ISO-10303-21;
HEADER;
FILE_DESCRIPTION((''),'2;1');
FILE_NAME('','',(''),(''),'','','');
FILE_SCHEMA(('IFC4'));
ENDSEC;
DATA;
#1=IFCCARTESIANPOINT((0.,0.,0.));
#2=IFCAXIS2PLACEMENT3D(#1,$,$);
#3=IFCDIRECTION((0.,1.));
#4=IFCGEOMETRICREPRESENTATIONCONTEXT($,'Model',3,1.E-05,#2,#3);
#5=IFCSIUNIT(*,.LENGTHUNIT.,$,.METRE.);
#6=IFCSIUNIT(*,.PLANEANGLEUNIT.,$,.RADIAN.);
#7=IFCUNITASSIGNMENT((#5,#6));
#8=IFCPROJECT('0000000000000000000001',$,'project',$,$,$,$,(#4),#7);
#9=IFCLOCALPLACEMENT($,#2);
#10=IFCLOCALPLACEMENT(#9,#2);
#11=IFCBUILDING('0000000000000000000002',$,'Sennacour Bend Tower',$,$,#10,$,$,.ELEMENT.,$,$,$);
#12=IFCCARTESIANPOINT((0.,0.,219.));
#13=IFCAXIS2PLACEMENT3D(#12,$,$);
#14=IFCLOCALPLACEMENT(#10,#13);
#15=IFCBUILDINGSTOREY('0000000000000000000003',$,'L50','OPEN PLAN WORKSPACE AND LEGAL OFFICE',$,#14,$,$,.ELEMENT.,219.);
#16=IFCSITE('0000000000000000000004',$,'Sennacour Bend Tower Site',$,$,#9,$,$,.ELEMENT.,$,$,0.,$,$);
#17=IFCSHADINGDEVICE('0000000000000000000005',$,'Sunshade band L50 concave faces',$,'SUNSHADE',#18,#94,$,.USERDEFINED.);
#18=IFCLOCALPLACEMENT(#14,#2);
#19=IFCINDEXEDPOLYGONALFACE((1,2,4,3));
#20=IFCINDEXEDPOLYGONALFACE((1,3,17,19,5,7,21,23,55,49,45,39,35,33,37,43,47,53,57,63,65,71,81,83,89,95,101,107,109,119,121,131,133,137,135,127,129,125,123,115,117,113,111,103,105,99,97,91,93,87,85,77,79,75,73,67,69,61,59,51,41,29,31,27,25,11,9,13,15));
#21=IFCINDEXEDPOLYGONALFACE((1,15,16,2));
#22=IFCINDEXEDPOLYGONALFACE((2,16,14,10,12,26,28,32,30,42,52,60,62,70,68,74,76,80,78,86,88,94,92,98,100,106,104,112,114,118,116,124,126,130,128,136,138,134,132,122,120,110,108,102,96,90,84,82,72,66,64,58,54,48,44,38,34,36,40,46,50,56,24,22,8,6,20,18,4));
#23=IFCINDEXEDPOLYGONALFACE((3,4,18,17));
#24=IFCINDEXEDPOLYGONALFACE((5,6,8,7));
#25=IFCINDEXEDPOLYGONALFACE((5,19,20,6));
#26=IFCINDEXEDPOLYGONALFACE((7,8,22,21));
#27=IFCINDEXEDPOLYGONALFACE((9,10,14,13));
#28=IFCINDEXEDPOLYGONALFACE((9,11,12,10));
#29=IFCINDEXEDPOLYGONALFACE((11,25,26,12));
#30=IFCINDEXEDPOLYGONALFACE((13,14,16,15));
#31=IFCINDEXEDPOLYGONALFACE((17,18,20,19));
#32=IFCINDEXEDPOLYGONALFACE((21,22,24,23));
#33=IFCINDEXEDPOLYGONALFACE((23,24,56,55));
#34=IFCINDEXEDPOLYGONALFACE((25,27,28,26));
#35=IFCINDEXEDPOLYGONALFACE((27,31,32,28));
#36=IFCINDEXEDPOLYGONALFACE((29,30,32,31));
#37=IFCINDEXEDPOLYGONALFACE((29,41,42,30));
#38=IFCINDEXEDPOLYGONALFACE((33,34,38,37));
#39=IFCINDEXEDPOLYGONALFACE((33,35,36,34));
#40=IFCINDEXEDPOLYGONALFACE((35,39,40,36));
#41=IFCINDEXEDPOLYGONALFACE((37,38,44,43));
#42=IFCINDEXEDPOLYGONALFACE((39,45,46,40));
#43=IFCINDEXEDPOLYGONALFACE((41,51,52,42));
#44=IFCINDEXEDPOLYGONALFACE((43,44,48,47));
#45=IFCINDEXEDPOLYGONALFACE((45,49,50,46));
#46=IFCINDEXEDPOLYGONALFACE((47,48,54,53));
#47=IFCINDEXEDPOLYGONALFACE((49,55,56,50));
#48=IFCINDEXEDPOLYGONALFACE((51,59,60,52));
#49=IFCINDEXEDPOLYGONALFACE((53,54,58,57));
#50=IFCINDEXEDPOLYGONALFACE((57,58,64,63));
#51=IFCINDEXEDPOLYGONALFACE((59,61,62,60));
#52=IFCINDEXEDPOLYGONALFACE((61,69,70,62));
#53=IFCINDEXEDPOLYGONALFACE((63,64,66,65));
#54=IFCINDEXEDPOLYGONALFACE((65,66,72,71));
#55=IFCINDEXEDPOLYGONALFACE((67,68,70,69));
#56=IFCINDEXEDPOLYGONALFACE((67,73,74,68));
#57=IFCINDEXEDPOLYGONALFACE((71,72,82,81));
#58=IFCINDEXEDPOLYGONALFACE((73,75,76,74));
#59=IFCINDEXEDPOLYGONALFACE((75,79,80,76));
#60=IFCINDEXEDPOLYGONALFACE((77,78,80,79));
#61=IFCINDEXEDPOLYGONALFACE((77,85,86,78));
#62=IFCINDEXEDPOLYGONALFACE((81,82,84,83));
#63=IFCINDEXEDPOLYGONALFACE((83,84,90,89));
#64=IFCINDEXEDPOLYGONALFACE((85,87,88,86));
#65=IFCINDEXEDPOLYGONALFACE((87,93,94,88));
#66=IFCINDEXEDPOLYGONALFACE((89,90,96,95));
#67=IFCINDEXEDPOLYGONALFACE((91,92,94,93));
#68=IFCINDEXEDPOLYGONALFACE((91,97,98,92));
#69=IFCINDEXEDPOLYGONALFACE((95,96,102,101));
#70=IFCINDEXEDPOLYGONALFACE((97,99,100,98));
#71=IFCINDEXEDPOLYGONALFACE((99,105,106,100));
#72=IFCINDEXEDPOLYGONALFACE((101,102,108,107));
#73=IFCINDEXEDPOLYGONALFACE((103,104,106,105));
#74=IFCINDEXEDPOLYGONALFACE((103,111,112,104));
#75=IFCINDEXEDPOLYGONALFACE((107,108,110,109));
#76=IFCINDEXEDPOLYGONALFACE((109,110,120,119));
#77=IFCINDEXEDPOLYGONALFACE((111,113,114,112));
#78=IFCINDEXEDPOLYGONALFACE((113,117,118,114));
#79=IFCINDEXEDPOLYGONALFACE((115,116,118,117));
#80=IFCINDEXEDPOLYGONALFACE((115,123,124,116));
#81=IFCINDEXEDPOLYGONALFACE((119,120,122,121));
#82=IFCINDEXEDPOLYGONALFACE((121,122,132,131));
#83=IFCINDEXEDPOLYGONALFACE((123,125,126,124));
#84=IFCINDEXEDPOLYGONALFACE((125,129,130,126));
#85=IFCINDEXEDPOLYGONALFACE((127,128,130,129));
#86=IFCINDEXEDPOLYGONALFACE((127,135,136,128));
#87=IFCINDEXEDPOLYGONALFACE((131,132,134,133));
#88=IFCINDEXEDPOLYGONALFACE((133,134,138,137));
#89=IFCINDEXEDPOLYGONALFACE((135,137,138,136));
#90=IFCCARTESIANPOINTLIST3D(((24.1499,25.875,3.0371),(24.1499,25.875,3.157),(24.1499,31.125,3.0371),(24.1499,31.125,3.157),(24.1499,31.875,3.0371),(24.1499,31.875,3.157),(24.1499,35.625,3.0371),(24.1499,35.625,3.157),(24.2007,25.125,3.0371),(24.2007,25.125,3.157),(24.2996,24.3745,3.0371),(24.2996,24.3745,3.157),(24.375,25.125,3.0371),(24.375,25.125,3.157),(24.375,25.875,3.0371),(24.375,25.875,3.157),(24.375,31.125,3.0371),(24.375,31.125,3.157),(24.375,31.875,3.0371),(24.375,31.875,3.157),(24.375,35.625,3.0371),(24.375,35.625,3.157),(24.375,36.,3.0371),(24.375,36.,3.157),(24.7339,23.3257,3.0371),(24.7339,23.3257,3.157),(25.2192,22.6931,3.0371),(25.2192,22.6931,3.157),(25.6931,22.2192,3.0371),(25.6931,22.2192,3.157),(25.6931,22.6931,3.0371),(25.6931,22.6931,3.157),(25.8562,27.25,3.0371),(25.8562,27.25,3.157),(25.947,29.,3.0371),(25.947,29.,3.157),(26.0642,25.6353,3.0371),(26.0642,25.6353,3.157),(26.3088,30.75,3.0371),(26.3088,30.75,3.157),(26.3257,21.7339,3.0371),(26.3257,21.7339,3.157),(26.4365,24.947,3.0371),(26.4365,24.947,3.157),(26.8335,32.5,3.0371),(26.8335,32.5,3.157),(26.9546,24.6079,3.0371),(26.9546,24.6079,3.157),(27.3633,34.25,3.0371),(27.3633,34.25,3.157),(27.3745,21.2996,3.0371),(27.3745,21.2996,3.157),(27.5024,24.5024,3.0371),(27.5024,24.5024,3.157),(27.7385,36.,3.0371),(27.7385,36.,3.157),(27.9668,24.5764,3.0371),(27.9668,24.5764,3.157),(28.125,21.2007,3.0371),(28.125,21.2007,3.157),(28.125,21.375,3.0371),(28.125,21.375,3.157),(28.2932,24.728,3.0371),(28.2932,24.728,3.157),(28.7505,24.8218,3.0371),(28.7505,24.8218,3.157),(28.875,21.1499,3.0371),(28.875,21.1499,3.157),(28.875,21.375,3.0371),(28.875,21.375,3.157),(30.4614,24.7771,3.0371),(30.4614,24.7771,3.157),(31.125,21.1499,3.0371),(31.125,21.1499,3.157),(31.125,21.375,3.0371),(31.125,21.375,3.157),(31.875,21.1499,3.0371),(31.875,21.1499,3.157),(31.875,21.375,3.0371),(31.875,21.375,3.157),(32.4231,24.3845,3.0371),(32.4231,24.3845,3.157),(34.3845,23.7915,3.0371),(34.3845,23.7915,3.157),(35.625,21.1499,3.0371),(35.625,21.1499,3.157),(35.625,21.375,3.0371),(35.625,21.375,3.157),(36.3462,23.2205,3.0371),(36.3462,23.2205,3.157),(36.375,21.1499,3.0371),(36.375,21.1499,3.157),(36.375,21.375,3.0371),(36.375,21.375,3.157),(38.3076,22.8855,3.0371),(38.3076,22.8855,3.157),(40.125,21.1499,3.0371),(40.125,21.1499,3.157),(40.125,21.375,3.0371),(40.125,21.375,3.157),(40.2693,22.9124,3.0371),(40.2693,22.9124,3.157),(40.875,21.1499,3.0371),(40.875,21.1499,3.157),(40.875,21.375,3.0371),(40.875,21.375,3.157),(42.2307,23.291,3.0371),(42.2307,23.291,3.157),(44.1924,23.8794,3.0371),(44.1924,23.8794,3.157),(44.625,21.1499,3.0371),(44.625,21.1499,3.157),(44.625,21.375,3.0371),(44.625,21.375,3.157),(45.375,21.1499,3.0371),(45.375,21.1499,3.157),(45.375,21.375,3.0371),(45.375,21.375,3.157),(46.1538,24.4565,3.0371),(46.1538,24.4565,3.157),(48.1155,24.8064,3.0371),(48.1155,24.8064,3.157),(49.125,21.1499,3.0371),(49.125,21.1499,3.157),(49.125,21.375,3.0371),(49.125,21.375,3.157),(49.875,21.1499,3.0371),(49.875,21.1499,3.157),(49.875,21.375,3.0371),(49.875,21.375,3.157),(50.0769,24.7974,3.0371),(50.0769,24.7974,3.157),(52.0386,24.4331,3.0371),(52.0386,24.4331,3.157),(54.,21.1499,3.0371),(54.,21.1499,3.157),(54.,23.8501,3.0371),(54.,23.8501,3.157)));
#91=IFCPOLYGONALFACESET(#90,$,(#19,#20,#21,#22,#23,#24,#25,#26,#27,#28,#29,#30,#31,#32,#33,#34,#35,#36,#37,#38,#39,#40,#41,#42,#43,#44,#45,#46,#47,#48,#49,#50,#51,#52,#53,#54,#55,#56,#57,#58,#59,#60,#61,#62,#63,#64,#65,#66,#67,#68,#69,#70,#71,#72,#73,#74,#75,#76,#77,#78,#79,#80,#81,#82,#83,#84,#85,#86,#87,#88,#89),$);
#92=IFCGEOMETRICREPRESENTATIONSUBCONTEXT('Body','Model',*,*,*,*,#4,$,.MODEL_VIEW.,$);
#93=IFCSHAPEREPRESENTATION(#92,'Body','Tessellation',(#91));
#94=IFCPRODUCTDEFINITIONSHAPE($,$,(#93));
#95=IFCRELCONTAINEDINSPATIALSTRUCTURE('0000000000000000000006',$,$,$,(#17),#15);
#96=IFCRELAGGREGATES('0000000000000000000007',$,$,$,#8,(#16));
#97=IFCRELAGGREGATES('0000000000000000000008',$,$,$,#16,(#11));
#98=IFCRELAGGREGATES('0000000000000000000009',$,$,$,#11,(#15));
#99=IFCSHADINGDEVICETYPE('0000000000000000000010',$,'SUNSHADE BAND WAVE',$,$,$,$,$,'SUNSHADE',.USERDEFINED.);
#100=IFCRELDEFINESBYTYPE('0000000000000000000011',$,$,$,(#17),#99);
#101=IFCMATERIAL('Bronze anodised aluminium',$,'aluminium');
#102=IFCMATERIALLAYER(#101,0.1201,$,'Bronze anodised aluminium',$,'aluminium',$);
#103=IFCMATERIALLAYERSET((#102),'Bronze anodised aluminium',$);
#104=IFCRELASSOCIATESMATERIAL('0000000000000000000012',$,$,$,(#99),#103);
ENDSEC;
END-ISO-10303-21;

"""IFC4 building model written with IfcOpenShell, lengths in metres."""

from ifc_helpers import new_model, si_unit, direction, frame, origin, place, context, subcontext, project, spatial, polyline, outline, extrude, material, layer, layer_set, type_object, element, save


model = new_model("IFC4")

# Units and contexts
model_context = context("Model", 3, precision=1e-05, world=origin(), true_north=direction((0.0, 1.0)))
body_context = subcontext(model_context, "Body", "Model", "MODEL_VIEW")
ifc_project = project(units=[si_unit("LENGTHUNIT", "METRE"), si_unit("PLANEANGLEUNIT", "RADIAN")], contexts=[model_context])

# Site, building, storey
site_placement = place(None, origin())
site = spatial("IfcSite", under=ifc_project, at=site_placement, Name="Sennacour Bend Tower Site", CompositionType="ELEMENT", RefElevation=0.0)
building_placement = place(site_placement, origin())
building = spatial("IfcBuilding", under=site, at=building_placement, Name="Sennacour Bend Tower", CompositionType="ELEMENT")
storey_placement = place(building_placement, frame((0.0, 0.0, 219.0)))
storey = spatial("IfcBuildingStorey", under=building, at=storey_placement, Name="L50", Description="OPEN PLAN WORKSPACE AND LEGAL OFFICE", CompositionType="ELEMENT", Elevation=219.0)

# Shading device
ifc_material_1 = material(Name="Bronze anodised aluminium", Category="aluminium")
ifc_layer_1 = layer(ifc_material_1, 0.1201, Name="Bronze anodised aluminium", Category="aluminium")
ifc_layer_set_1 = layer_set([ifc_layer_1], Name="Bronze anodised aluminium")
shading_device_type_1 = type_object("IfcShadingDeviceType", Name="SUNSHADE BAND WAVE", ElementType="SUNSHADE", PredefinedType="USERDEFINED", material=ifc_layer_set_1)
shading_device_1_placement = place(storey_placement, frame((0.0, 0.0, 3.0371)))
element("IfcShadingDevice", 1, at=shading_device_1_placement, inside=storey, type_object=shading_device_type_1, Name="Sunshade band L50 concave faces", ObjectType="SUNSHADE", PredefinedType="USERDEFINED", context=body_context, shape_type="SweptSolid", body=[
    extrude(outline(polyline([(54.0, 21.1499), (49.875, 21.1499), (49.875, 21.375), (49.125, 21.375), (49.125, 21.1499), (45.375, 21.1499), (45.375, 21.375), (44.625, 21.375), (44.625, 21.1499), (40.875, 21.1499), (40.875, 21.375), (40.125, 21.375), (40.125, 21.1499), (36.375, 21.1499), (36.375, 21.375), (35.625, 21.375), (35.625, 21.1499), (31.875, 21.1499), (31.875, 21.375), (31.125, 21.375), (31.125, 21.1499), (28.875, 21.1499), (28.875, 21.375), (28.125, 21.375), (28.125, 21.2007), (27.3745, 21.2996), (26.3257, 21.7339), (25.6931, 22.2192), (25.6931, 22.6931), (25.2192, 22.6931), (24.7339, 23.3257), (24.2996, 24.3745), (24.2007, 25.125), (24.375, 25.125), (24.375, 25.875), (24.1499, 25.875), (24.1499, 31.125), (24.375, 31.125), (24.375, 31.875), (24.1499, 31.875), (24.1499, 35.625), (24.375, 35.625), (24.375, 36.0), (27.7385, 36.0), (27.3633, 34.25), (26.8335, 32.5), (26.3088, 30.75), (25.947, 29.0), (25.8562, 27.25), (26.0642, 25.6353), (26.4365, 24.947), (26.9546, 24.6079), (27.5024, 24.5024), (27.9668, 24.5764), (28.2932, 24.728), (28.7505, 24.8218), (30.4614, 24.7771), (32.4231, 24.3845), (34.3845, 23.7915), (36.3462, 23.2205), (38.3076, 22.8855), (40.2693, 22.9124), (42.2307, 23.291), (44.1924, 23.8794), (46.1538, 24.4565), (48.1155, 24.8064), (50.0769, 24.7974), (52.0386, 24.4331), (54.0, 23.8501), (54.0, 21.1499)])), origin(), (0.0, 0.0, 1.0), 0.1199),
])

save(model, "model.ifc")
